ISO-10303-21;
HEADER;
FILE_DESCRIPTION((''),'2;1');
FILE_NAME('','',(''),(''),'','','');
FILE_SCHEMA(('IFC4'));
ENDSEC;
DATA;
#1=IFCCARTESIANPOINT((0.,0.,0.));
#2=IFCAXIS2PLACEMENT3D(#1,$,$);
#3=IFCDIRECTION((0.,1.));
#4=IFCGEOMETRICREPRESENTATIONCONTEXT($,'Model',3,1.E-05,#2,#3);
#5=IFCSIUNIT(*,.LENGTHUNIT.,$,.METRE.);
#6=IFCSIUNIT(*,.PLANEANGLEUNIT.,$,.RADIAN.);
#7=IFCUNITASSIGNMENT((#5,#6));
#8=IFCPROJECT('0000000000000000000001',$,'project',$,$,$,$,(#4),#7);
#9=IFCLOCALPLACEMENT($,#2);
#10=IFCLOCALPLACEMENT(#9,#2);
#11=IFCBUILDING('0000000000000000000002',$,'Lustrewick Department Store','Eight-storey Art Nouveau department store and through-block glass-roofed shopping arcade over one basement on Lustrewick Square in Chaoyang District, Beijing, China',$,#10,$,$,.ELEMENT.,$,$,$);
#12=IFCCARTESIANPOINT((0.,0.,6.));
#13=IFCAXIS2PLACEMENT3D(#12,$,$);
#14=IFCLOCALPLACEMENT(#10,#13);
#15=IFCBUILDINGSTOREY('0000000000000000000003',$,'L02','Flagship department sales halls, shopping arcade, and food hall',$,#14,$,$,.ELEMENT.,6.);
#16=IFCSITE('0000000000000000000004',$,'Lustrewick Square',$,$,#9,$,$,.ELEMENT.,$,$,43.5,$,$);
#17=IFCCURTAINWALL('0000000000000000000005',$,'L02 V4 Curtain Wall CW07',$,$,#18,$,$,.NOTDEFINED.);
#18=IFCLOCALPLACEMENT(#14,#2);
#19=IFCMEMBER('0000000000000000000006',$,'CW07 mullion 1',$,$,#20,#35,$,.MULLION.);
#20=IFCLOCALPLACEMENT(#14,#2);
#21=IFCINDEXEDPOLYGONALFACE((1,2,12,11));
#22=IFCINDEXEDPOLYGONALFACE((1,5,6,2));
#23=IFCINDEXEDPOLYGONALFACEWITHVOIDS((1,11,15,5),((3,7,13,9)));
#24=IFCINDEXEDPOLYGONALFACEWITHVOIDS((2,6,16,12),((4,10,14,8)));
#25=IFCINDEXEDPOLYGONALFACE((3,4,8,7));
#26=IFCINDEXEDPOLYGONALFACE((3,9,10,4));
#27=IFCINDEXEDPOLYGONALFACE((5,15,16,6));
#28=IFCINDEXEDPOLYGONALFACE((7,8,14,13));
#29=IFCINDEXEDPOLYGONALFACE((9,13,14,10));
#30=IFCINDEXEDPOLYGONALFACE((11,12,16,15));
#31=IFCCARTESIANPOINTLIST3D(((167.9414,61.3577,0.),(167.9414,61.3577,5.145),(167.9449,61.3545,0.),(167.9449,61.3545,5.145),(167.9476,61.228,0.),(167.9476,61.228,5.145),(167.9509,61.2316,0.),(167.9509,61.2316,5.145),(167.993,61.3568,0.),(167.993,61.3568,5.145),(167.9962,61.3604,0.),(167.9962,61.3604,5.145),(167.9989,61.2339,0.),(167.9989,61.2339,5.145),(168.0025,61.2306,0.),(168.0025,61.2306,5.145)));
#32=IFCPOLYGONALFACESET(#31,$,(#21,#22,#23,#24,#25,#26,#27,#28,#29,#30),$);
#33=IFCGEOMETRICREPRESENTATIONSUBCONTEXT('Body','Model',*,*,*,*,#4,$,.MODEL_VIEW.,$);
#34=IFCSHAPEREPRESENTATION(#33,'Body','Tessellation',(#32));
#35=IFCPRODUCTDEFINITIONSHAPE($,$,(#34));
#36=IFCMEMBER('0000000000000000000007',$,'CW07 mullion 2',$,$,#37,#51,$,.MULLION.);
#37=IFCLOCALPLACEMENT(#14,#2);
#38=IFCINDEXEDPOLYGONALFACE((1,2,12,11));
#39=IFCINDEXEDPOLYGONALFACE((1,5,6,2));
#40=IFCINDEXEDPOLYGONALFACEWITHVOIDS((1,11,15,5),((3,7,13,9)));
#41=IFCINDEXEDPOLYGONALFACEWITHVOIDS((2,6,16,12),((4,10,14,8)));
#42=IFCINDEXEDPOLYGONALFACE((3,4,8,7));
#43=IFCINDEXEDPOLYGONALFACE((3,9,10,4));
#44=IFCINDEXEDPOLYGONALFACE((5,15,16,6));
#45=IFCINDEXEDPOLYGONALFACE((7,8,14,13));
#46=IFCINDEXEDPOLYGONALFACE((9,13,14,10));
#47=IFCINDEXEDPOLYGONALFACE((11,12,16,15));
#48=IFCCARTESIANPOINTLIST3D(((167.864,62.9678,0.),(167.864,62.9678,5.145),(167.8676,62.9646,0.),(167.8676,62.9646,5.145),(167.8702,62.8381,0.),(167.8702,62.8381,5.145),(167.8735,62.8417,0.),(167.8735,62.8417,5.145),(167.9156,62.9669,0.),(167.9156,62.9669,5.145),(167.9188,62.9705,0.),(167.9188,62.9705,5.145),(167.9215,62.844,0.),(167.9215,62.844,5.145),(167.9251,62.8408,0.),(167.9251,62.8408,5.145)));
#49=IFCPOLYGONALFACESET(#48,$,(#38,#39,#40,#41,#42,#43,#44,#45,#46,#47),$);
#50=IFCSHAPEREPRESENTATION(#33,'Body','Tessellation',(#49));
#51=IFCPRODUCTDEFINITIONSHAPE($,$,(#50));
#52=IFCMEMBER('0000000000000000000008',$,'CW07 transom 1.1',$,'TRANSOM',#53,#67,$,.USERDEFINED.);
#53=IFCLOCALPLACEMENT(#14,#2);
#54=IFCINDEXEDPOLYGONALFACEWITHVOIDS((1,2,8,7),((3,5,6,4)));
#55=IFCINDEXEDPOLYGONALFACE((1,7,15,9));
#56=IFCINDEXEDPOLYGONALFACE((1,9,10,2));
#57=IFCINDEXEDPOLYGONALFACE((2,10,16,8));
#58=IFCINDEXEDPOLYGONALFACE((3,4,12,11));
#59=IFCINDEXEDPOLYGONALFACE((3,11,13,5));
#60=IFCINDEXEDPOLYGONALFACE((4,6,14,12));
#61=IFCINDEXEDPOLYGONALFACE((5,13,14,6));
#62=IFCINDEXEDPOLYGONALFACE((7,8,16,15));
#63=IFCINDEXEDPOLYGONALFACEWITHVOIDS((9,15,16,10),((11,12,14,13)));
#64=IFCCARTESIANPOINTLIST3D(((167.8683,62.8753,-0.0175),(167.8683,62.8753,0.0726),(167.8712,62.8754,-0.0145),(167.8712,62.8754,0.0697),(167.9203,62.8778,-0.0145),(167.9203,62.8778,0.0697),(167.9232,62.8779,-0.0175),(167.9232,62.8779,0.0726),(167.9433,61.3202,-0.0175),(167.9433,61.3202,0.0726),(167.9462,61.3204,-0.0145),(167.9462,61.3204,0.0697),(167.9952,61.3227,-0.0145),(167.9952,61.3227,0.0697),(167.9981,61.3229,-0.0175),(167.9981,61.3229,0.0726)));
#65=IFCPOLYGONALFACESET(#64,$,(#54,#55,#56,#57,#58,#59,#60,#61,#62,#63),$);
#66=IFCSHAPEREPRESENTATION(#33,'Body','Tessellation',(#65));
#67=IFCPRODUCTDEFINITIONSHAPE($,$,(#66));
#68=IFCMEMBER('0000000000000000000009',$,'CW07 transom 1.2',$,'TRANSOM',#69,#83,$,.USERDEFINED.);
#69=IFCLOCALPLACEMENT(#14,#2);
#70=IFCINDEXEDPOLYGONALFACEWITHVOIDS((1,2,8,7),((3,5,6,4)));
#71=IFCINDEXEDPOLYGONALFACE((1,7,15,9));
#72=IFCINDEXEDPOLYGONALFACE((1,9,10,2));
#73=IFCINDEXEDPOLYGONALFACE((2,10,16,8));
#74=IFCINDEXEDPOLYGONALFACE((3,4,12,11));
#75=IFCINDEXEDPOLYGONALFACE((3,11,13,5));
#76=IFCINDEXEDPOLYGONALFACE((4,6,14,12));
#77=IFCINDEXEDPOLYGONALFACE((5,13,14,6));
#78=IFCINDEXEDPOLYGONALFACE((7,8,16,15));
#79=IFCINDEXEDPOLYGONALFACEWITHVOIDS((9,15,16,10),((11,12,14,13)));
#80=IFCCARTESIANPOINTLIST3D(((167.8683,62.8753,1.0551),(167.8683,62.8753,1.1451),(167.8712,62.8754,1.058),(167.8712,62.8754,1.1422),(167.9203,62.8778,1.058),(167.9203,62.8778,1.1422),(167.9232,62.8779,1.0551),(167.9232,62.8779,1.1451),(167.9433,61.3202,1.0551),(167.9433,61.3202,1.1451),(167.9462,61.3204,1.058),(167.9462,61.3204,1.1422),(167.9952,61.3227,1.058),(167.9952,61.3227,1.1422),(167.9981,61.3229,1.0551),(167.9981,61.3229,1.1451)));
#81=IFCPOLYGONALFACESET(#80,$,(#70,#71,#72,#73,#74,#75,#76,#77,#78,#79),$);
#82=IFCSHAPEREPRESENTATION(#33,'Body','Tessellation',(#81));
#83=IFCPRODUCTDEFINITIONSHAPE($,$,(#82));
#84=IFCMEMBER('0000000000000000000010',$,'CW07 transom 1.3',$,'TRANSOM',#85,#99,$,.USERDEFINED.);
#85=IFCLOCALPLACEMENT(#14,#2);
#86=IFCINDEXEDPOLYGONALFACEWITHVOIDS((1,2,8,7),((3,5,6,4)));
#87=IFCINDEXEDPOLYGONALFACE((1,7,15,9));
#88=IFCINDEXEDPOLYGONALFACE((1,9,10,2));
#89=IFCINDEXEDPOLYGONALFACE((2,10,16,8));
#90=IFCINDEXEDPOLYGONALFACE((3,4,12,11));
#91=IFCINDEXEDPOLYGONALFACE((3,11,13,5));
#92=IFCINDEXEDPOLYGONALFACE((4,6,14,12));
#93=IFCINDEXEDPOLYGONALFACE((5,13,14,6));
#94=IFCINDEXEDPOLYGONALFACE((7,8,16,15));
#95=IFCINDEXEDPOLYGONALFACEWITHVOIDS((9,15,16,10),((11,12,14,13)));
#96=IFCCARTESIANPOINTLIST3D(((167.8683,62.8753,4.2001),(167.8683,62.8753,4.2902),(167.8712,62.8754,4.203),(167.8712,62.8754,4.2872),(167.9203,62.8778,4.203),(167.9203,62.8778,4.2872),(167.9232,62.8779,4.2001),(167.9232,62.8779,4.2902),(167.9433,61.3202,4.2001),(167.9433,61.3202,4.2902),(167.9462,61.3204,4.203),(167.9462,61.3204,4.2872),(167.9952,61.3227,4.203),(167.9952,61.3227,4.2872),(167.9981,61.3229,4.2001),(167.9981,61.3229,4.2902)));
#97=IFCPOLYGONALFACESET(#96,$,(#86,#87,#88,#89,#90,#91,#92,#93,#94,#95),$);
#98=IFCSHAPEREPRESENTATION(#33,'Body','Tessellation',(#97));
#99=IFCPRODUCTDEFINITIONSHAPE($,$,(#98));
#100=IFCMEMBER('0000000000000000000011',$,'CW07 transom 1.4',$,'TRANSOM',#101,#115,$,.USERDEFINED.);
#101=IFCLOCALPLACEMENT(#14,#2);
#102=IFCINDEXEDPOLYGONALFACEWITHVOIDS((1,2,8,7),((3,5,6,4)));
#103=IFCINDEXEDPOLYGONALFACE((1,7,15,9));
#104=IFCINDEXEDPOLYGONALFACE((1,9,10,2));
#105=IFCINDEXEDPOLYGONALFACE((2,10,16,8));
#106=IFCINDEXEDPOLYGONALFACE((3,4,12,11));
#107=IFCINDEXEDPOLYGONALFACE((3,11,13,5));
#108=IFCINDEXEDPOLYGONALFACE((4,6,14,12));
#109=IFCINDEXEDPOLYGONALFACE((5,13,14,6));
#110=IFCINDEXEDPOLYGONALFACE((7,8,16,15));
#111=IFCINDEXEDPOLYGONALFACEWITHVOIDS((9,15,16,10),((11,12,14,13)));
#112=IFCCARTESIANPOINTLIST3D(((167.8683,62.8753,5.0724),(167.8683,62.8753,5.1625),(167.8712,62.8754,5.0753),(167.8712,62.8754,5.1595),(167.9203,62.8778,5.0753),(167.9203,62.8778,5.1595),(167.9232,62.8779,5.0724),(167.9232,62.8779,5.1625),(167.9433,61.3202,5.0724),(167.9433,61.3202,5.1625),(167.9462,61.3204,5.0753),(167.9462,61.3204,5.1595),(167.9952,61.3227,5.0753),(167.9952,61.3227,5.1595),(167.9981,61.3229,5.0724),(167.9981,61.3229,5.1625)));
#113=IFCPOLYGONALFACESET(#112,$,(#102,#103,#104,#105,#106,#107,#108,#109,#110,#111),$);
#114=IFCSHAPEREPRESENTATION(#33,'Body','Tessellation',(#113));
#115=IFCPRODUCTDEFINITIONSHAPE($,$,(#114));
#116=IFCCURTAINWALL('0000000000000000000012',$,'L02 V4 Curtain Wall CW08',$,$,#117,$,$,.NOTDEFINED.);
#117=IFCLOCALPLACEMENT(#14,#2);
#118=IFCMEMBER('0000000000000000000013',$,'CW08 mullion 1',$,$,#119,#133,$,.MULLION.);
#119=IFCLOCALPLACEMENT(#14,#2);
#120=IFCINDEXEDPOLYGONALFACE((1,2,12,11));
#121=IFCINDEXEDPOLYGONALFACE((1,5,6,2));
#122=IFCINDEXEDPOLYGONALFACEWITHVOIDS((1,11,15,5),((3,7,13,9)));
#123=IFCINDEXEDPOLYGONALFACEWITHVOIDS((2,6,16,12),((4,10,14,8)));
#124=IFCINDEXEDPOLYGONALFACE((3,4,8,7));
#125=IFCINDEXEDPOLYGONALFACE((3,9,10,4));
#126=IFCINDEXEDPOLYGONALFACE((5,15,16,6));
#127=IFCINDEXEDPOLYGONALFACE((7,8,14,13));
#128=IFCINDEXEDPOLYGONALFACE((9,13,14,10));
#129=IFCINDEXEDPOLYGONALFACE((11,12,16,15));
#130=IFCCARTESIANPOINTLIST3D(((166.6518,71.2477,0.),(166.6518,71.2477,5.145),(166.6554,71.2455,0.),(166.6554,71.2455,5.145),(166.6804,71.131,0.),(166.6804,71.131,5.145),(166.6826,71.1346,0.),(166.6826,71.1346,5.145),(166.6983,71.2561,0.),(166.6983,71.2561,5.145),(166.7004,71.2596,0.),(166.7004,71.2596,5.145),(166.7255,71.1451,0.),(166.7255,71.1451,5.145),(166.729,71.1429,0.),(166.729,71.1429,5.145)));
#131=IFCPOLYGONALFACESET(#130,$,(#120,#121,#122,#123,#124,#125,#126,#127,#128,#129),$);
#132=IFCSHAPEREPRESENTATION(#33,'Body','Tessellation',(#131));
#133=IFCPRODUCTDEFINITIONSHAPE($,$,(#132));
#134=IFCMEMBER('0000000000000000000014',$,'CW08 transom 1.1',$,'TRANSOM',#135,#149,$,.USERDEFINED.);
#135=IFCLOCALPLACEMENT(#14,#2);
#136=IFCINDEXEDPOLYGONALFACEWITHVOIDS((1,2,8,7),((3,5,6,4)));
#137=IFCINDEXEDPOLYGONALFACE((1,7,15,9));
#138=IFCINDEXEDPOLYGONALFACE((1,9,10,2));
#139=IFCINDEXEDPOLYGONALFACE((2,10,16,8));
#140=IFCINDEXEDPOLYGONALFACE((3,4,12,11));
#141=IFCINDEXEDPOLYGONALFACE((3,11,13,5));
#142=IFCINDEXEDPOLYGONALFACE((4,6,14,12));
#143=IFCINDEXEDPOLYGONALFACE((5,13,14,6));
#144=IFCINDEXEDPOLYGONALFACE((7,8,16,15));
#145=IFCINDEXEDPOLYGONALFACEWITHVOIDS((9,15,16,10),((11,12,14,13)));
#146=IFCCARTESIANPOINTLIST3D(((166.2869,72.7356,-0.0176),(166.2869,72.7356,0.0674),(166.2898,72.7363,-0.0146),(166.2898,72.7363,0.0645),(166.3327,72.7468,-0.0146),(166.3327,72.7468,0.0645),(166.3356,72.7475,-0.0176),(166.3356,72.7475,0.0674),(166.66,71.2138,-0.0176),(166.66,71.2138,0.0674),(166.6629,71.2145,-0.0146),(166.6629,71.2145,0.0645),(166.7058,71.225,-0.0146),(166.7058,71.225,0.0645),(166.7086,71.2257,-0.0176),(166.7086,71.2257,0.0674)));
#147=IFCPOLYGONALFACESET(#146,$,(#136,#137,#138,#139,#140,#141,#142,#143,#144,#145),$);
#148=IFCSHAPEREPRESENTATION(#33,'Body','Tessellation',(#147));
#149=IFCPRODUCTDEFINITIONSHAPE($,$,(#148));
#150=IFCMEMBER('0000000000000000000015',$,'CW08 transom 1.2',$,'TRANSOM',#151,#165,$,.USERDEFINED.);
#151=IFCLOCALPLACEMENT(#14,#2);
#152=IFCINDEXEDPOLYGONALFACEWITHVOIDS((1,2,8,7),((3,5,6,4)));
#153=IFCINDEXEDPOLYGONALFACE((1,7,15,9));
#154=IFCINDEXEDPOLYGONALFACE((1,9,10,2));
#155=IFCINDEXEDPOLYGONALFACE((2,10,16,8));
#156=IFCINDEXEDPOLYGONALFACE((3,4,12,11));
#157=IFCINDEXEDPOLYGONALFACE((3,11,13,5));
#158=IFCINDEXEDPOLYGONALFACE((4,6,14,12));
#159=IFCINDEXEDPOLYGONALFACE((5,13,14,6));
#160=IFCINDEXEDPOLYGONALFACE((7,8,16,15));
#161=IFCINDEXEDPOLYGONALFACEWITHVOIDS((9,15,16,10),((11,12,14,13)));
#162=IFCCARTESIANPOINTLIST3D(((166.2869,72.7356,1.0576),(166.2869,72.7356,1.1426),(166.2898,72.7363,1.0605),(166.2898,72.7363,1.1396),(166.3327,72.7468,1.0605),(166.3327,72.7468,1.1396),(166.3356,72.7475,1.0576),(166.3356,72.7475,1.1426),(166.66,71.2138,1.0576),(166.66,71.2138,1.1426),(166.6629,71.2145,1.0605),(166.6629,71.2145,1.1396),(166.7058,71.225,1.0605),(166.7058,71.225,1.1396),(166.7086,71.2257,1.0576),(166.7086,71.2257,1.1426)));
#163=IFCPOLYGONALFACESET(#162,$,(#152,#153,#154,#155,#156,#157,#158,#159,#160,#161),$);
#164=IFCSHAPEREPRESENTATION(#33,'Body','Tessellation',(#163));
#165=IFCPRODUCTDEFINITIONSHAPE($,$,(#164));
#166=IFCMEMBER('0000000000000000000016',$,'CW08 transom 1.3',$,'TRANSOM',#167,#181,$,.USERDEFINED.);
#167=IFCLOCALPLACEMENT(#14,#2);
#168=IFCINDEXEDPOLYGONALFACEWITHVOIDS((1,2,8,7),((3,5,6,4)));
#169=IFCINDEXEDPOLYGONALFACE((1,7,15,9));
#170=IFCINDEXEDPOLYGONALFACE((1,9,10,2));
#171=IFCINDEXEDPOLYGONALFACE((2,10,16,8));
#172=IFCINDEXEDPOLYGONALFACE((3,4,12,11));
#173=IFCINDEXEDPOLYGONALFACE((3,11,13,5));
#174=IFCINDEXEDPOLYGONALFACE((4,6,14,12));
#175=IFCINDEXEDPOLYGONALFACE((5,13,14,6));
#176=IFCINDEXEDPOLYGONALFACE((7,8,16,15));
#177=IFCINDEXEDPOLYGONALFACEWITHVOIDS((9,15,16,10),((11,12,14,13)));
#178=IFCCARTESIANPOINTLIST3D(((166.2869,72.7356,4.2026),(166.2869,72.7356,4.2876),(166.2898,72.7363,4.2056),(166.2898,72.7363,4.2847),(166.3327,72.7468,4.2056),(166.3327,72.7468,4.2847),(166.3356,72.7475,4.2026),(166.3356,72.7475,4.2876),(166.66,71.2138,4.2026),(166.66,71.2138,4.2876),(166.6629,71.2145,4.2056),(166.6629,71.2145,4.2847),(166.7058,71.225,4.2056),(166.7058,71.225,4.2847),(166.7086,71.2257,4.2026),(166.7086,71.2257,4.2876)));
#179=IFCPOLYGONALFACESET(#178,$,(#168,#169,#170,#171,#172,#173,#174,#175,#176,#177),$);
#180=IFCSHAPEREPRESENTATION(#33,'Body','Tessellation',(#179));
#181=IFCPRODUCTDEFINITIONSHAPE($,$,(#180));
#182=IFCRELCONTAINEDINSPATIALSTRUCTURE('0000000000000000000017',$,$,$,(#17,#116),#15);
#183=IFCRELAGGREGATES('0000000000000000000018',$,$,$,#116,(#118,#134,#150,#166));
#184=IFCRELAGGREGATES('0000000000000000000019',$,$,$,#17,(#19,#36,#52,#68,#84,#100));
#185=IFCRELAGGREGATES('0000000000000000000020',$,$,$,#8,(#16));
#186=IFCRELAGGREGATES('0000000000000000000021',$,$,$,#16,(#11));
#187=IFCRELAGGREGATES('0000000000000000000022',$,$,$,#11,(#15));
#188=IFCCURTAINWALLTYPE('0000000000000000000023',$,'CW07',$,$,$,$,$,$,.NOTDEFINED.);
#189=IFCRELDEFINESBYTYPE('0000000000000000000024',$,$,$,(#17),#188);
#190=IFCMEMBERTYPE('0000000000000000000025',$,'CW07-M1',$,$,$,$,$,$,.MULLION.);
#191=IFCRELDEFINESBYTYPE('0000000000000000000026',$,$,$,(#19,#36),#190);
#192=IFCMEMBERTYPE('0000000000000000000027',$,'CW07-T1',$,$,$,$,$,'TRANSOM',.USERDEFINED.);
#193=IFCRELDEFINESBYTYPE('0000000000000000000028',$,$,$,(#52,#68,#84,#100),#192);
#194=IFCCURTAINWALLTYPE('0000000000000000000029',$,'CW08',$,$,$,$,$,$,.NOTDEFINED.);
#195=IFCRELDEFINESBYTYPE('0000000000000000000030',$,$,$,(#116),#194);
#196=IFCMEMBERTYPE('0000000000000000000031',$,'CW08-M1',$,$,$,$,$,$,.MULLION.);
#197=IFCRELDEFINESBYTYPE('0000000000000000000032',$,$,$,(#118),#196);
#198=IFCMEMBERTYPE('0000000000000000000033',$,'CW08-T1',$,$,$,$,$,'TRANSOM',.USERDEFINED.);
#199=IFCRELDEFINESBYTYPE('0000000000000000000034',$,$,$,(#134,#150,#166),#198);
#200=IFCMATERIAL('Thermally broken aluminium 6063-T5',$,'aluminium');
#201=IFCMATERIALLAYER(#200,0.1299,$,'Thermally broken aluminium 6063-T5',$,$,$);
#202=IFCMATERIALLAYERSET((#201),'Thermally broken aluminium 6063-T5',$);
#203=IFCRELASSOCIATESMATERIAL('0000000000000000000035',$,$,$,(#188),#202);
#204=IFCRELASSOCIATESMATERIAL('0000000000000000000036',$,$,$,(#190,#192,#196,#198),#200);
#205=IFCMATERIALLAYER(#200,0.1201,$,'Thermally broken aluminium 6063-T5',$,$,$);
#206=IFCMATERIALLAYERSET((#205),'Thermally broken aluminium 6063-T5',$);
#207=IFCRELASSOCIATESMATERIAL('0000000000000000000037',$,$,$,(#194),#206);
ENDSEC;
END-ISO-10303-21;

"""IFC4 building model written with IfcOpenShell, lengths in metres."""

from ifc_helpers import new_model, si_unit, direction, frame, origin, origin_2d, place, context, subcontext, project, spatial, hollow_rectangle, extrude, material, layer, layer_set, material_profile, profile_set, type_object, element, aggregate, save


model = new_model("IFC4")

# Units and contexts
model_context = context("Model", 3, precision=1e-05, world=origin(), true_north=direction((0.0, 1.0)))
body_context = subcontext(model_context, "Body", "Model", "MODEL_VIEW")
ifc_project = project(units=[si_unit("LENGTHUNIT", "METRE"), si_unit("PLANEANGLEUNIT", "RADIAN")], contexts=[model_context])

# Site, building, storey
site_placement = place(None, origin())
site = spatial("IfcSite", under=ifc_project, at=site_placement, Name="Lustrewick Square", CompositionType="ELEMENT", RefElevation=43.5)
building_placement = place(site_placement, origin())
building = spatial("IfcBuilding", under=site, at=building_placement, Name="Lustrewick Department Store", Description="Eight-storey Art Nouveau department store and through-block glass-roofed shopping arcade over one basement on Lustrewick Square in Chaoyang District, Beijing, China", CompositionType="ELEMENT")
storey_placement = place(building_placement, frame((0.0, 0.0, 6.0)))
storey = spatial("IfcBuildingStorey", under=building, at=storey_placement, Name="L02", Description="Flagship department sales halls, shopping arcade, and food hall", CompositionType="ELEMENT", Elevation=6.0)

# Curtain walls, members
ifc_material_1 = material(Name="Thermally broken aluminium 6063-T5", Category="aluminium")
ifc_layer_1 = layer(ifc_material_1, 0.1299, Name="Thermally broken aluminium 6063-T5")
ifc_layer_set_1 = layer_set([ifc_layer_1], Name="Thermally broken aluminium 6063-T5")
curtain_wall_type_1 = type_object("IfcCurtainWallType", Name="CW07", PredefinedType="NOTDEFINED", material=ifc_layer_set_1)
curtain_wall_1_placement = place(storey_placement, origin())
curtain_wall_1 = element("IfcCurtainWall", 1, at=curtain_wall_1_placement, inside=storey, type_object=curtain_wall_type_1, Name="L02 V4 Curtain Wall CW07", PredefinedType="NOTDEFINED")
ifc_material_profile_1 = material_profile(ifc_material_1, hollow_rectangle(XDim=0.0549, YDim=0.1299, WallThickness=0.0034, at=origin_2d()), Name="ALU-M 55x130x3.5")
ifc_profile_set_1 = profile_set([ifc_material_profile_1], Name="Thermally broken aluminium 6063-T5")
member_type_1 = type_object("IfcMemberType", Name="CW07-M1", PredefinedType="MULLION", material=ifc_profile_set_1)
member_1_placement = place(storey_placement, frame((167.9719, 61.2942, 0.0), z_axis=(0.0, 0.0, 1.0), x_axis=(-0.998845, -0.048053, 0.0)))
member_1 = element("IfcMember", 2, at=member_1_placement, type_object=member_type_1, Name="CW07 mullion 1", PredefinedType="MULLION", context=body_context, shape_type="SweptSolid", body=[
    extrude(hollow_rectangle(XDim=0.0549, YDim=0.1299, WallThickness=0.0034, at=origin_2d()), origin(), (0.0, 0.0, 1.0), 5.145),
])
member_2_placement = place(storey_placement, frame((167.8945, 62.9043, 0.0), z_axis=(0.0, 0.0, 1.0), x_axis=(-0.998845, -0.048053, 0.0)))
member_2 = element("IfcMember", 3, at=member_2_placement, type_object=member_type_1, Name="CW07 mullion 2", PredefinedType="MULLION", context=body_context, shape_type="SweptSolid", body=[
    extrude(hollow_rectangle(XDim=0.0549, YDim=0.1299, WallThickness=0.0034, at=origin_2d()), origin(), (0.0, 0.0, 1.0), 5.145),
])
ifc_material_profile_2 = material_profile(ifc_material_1, hollow_rectangle(XDim=0.0549, YDim=0.0901, WallThickness=0.0029, at=origin_2d()), Name="ALU-T 55x90x3")
ifc_profile_set_2 = profile_set([ifc_material_profile_2], Name="Thermally broken aluminium 6063-T5")
member_type_2 = type_object("IfcMemberType", Name="CW07-T1", ElementType="TRANSOM", PredefinedType="USERDEFINED", material=ifc_profile_set_2)
member_3_placement = place(storey_placement, frame((167.9707, 61.3215, 0.0276), z_axis=(-0.048139, 0.998841, 0.0), x_axis=(-0.998841, -0.048139, 0.0)))
member_3 = element("IfcMember", 4, at=member_3_placement, type_object=member_type_2, Name="CW07 transom 1.1", ObjectType="TRANSOM", PredefinedType="USERDEFINED", context=body_context, shape_type="SweptSolid", body=[
    extrude(hollow_rectangle(XDim=0.0549, YDim=0.0901, WallThickness=0.0029, at=origin_2d()), origin(), (0.0, 0.0, 1.0), 1.5569),
])
member_4_placement = place(storey_placement, frame((167.9707, 61.3215, 1.1001), z_axis=(-0.048139, 0.998841, 0.0), x_axis=(-0.998841, -0.048139, 0.0)))
member_4 = element("IfcMember", 5, at=member_4_placement, type_object=member_type_2, Name="CW07 transom 1.2", ObjectType="TRANSOM", PredefinedType="USERDEFINED", context=body_context, shape_type="SweptSolid", body=[
    extrude(hollow_rectangle(XDim=0.0549, YDim=0.0901, WallThickness=0.0029, at=origin_2d()), origin(), (0.0, 0.0, 1.0), 1.5569),
])
member_5_placement = place(storey_placement, frame((167.9707, 61.3215, 4.2451), z_axis=(-0.048139, 0.998841, 0.0), x_axis=(-0.998841, -0.048139, 0.0)))
member_5 = element("IfcMember", 6, at=member_5_placement, type_object=member_type_2, Name="CW07 transom 1.3", ObjectType="TRANSOM", PredefinedType="USERDEFINED", context=body_context, shape_type="SweptSolid", body=[
    extrude(hollow_rectangle(XDim=0.0549, YDim=0.0901, WallThickness=0.0029, at=origin_2d()), origin(), (0.0, 0.0, 1.0), 1.5569),
])
member_6_placement = place(storey_placement, frame((167.9707, 61.3215, 5.1174), z_axis=(-0.048139, 0.998841, 0.0), x_axis=(-0.998841, -0.048139, 0.0)))
member_6 = element("IfcMember", 7, at=member_6_placement, type_object=member_type_2, Name="CW07 transom 1.4", ObjectType="TRANSOM", PredefinedType="USERDEFINED", context=body_context, shape_type="SweptSolid", body=[
    extrude(hollow_rectangle(XDim=0.0549, YDim=0.0901, WallThickness=0.0029, at=origin_2d()), origin(), (0.0, 0.0, 1.0), 1.5569),
])
ifc_layer_2 = layer(ifc_material_1, 0.1201, Name="Thermally broken aluminium 6063-T5")
ifc_layer_set_2 = layer_set([ifc_layer_2], Name="Thermally broken aluminium 6063-T5")
curtain_wall_type_2 = type_object("IfcCurtainWallType", Name="CW08", PredefinedType="NOTDEFINED", material=ifc_layer_set_2)
curtain_wall_2_placement = place(storey_placement, origin())
curtain_wall_2 = element("IfcCurtainWall", 8, at=curtain_wall_2_placement, inside=storey, type_object=curtain_wall_type_2, Name="L02 V4 Curtain Wall CW08", PredefinedType="NOTDEFINED")
ifc_material_profile_3 = material_profile(ifc_material_1, hollow_rectangle(XDim=0.05, YDim=0.1201, WallThickness=0.0029, at=origin_2d()), Name="ALU-M 50x120x3")
ifc_profile_set_3 = profile_set([ifc_material_profile_3], Name="Thermally broken aluminium 6063-T5")
member_type_3 = type_object("IfcMemberType", Name="CW08-M1", PredefinedType="MULLION", material=ifc_profile_set_3)
member_7_placement = place(storey_placement, frame((166.6904, 71.1953, 0.0), z_axis=(0.0, 0.0, 1.0), x_axis=(-0.971223, -0.238171, 0.0)))
member_7 = element("IfcMember", 9, at=member_7_placement, type_object=member_type_3, Name="CW08 mullion 1", PredefinedType="MULLION", context=body_context, shape_type="SweptSolid", body=[
    extrude(hollow_rectangle(XDim=0.05, YDim=0.1201, WallThickness=0.0029, at=origin_2d()), origin(), (0.0, 0.0, 1.0), 5.145),
])
ifc_material_profile_4 = material_profile(ifc_material_1, hollow_rectangle(XDim=0.05, YDim=0.085, WallThickness=0.0029, at=origin_2d()), Name="ALU-T 50x85x3")
ifc_profile_set_4 = profile_set([ifc_material_profile_4], Name="Thermally broken aluminium 6063-T5")
member_type_4 = type_object("IfcMemberType", Name="CW08-T1", ElementType="TRANSOM", PredefinedType="USERDEFINED", material=ifc_profile_set_4)
member_8_placement = place(storey_placement, frame((166.6843, 71.2197, 0.0249), z_axis=(-0.238097, 0.971241, 0.0), x_axis=(-0.971241, -0.238097, 0.0)))
member_8 = element("IfcMember", 10, at=member_8_placement, type_object=member_type_4, Name="CW08 transom 1.1", ObjectType="TRANSOM", PredefinedType="USERDEFINED", context=body_context, shape_type="SweptSolid", body=[
    extrude(hollow_rectangle(XDim=0.05, YDim=0.085, WallThickness=0.0029, at=origin_2d()), origin(), (0.0, 0.0, 1.0), 1.5669),
])
member_9_placement = place(storey_placement, frame((166.6843, 71.2197, 1.1001), z_axis=(-0.238097, 0.971241, 0.0), x_axis=(-0.971241, -0.238097, 0.0)))
member_9 = element("IfcMember", 11, at=member_9_placement, type_object=member_type_4, Name="CW08 transom 1.2", ObjectType="TRANSOM", PredefinedType="USERDEFINED", context=body_context, shape_type="SweptSolid", body=[
    extrude(hollow_rectangle(XDim=0.05, YDim=0.085, WallThickness=0.0029, at=origin_2d()), origin(), (0.0, 0.0, 1.0), 1.5669),
])
member_10_placement = place(storey_placement, frame((166.6843, 71.2197, 4.2451), z_axis=(-0.238097, 0.971241, 0.0), x_axis=(-0.971241, -0.238097, 0.0)))
member_10 = element("IfcMember", 12, at=member_10_placement, type_object=member_type_4, Name="CW08 transom 1.3", ObjectType="TRANSOM", PredefinedType="USERDEFINED", context=body_context, shape_type="SweptSolid", body=[
    extrude(hollow_rectangle(XDim=0.05, YDim=0.085, WallThickness=0.0029, at=origin_2d()), origin(), (0.0, 0.0, 1.0), 1.5669),
])
aggregate(curtain_wall_2, [member_7, member_8, member_9, member_10])

aggregate(curtain_wall_1, [member_1, member_2, member_3, member_4, member_5, member_6])

save(model, "model.ifc")
